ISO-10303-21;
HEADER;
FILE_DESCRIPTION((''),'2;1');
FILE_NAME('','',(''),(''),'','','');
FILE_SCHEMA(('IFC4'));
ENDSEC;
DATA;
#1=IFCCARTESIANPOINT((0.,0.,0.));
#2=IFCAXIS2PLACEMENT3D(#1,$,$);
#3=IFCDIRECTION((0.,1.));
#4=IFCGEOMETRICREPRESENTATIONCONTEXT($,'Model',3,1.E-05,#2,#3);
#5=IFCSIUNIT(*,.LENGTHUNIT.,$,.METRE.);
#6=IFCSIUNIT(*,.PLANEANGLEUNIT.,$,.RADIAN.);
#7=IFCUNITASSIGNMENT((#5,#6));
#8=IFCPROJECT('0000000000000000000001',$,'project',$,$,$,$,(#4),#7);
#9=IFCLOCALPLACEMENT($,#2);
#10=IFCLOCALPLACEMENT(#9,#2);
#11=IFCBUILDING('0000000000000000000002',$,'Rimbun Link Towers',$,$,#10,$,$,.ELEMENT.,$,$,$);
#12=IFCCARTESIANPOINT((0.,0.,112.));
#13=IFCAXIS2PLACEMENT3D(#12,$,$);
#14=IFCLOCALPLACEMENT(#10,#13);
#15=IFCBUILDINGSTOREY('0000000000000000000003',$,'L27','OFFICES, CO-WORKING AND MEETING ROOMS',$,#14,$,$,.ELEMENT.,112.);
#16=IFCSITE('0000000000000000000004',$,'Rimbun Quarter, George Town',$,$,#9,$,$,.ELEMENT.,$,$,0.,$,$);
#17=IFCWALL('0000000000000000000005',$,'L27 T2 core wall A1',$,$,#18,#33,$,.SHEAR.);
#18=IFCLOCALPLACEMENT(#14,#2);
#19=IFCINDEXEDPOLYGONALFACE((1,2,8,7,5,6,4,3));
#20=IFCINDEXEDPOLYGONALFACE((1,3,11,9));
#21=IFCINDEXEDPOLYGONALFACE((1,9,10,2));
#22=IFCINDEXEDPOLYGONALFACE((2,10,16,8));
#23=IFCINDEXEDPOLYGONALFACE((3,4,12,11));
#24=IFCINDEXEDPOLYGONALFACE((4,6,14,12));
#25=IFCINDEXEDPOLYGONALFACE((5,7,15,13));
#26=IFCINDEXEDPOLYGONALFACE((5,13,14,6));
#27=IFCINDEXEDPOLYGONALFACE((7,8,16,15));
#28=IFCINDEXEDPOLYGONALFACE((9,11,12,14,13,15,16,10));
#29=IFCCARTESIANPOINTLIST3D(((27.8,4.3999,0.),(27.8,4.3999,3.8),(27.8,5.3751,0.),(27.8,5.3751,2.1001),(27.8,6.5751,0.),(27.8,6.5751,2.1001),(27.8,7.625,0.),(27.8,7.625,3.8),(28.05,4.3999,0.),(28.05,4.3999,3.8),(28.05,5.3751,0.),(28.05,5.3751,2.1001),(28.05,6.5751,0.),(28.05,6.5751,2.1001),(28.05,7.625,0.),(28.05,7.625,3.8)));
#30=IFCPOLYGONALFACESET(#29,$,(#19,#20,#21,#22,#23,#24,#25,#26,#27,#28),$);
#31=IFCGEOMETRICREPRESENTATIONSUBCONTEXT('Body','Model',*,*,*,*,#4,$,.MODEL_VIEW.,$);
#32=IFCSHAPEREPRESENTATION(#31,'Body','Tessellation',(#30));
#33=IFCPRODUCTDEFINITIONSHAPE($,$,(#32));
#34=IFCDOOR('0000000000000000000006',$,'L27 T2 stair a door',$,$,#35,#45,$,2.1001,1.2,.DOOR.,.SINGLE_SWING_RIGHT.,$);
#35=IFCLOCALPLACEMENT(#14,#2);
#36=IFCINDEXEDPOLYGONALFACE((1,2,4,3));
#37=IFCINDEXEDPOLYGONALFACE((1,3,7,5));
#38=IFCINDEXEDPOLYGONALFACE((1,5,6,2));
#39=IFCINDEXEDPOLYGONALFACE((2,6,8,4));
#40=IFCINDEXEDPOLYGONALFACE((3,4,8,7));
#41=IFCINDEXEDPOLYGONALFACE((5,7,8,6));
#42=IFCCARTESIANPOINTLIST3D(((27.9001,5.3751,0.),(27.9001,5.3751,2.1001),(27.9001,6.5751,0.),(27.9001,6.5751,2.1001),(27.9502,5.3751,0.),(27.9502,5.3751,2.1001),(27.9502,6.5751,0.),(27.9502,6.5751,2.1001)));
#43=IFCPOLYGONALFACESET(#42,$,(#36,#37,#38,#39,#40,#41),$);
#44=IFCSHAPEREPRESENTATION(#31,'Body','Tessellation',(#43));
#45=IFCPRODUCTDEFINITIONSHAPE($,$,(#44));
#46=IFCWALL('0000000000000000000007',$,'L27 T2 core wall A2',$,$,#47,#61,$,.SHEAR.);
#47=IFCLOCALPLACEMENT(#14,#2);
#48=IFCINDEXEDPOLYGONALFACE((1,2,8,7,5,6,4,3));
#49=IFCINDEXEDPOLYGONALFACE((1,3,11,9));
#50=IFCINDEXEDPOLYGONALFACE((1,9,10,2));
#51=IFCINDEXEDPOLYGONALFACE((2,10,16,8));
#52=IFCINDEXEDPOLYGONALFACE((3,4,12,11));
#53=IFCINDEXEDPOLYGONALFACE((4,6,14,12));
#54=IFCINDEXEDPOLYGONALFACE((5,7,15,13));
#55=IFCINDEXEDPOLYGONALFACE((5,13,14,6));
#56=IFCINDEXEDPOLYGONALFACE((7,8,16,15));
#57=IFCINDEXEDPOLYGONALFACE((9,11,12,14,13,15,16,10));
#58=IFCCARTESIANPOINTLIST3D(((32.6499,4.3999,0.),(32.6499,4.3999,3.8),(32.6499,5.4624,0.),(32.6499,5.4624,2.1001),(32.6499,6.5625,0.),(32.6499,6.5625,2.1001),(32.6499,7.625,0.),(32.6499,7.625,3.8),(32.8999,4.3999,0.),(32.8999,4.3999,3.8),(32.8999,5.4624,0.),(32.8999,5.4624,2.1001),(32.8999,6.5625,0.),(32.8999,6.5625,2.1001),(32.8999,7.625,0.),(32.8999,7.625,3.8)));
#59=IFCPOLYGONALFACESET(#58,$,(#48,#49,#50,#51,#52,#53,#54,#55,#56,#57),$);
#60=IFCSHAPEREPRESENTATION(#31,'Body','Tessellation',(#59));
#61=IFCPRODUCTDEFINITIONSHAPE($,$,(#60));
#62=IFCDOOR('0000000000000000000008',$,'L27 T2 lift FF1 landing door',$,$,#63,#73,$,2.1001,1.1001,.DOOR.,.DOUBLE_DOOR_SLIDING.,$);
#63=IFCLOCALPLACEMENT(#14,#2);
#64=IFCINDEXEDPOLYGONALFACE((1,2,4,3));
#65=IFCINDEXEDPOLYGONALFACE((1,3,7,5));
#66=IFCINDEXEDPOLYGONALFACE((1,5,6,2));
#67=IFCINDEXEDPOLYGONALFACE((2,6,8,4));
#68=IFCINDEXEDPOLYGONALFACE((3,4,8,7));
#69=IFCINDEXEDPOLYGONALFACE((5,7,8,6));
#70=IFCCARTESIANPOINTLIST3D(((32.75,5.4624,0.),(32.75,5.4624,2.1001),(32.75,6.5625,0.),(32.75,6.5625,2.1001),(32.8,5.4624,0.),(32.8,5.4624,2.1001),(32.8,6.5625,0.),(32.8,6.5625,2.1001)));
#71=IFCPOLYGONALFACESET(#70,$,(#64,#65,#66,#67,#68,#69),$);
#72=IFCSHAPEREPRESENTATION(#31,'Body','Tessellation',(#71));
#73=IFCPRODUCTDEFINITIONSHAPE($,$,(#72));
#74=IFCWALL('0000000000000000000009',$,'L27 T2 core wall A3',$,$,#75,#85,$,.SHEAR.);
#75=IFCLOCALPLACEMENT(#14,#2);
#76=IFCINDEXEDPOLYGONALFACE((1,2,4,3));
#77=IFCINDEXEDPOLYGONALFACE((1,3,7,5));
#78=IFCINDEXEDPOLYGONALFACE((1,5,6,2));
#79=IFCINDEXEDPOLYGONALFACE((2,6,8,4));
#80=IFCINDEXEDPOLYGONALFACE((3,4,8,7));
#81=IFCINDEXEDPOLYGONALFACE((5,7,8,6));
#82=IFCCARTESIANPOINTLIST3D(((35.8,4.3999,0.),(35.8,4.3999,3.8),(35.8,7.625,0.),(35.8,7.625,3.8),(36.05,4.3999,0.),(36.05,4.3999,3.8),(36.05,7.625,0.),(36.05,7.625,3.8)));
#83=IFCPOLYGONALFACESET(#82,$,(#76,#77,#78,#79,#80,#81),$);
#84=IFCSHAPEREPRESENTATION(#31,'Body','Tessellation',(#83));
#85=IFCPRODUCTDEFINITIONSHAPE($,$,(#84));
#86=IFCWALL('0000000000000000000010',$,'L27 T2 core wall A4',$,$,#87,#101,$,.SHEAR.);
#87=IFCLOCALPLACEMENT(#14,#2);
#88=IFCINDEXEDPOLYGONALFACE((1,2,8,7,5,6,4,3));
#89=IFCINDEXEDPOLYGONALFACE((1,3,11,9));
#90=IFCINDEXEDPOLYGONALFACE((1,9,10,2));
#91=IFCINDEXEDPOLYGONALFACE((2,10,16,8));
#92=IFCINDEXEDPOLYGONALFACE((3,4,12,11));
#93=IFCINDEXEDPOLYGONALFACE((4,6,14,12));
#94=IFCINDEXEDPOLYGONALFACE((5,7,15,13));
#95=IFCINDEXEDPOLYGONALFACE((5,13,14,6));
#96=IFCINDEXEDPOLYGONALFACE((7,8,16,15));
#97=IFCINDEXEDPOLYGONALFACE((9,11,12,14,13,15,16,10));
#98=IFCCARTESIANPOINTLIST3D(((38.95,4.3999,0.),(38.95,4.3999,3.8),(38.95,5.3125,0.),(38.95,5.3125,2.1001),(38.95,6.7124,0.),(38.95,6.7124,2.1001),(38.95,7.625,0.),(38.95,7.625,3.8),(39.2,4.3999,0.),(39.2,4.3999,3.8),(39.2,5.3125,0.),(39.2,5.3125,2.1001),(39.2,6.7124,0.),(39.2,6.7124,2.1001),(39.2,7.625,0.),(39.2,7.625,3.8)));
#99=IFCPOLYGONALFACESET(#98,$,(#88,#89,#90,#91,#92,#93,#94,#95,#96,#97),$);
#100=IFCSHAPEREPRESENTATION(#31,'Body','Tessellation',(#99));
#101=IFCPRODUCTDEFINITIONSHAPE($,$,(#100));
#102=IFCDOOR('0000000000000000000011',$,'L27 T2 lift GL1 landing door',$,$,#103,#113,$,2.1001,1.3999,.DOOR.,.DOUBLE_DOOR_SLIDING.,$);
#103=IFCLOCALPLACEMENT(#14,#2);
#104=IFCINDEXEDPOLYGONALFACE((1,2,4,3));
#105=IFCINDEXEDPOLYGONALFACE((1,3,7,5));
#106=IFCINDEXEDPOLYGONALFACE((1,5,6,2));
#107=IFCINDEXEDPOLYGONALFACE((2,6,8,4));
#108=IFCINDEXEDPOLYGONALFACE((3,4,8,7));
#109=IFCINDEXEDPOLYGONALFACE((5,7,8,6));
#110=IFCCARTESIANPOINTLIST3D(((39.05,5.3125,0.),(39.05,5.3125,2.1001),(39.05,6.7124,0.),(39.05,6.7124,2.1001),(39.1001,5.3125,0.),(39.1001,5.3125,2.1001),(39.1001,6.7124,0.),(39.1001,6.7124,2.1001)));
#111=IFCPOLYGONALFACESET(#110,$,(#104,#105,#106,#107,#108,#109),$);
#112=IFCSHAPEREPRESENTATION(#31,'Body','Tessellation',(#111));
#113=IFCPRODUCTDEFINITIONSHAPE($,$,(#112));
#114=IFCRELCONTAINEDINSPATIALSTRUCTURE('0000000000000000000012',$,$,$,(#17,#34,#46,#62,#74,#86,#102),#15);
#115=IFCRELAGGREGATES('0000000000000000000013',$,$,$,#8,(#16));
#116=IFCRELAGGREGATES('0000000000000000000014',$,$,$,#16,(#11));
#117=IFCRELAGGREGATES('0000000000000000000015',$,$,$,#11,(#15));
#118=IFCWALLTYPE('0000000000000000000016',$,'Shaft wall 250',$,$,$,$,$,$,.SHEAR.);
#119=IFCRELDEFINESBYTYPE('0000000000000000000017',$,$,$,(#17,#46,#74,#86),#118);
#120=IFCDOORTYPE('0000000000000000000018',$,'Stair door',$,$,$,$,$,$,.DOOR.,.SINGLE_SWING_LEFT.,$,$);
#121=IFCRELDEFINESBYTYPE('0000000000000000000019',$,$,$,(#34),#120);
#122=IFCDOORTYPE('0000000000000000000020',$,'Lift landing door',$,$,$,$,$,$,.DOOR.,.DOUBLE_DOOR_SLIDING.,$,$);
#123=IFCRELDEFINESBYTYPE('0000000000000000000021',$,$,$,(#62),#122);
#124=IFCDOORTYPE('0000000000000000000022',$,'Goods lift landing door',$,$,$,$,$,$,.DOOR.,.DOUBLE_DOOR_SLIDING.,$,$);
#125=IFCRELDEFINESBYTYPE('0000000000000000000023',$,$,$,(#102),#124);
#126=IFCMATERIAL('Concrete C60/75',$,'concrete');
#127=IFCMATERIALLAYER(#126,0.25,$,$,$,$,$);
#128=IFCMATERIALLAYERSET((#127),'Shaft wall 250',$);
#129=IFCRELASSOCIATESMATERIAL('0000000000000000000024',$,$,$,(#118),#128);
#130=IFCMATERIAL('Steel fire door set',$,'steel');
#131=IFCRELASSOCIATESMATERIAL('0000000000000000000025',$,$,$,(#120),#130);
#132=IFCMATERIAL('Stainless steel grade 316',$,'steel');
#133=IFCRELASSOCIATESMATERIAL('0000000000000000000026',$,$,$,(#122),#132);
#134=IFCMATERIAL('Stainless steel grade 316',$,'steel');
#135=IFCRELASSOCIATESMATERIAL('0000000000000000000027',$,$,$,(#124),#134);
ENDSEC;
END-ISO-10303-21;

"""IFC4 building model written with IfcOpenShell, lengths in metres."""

from ifc_helpers import new_model, si_unit, direction, frame, frame_2d, origin, place, context, subcontext, project, spatial, rectangle, extrude, material, layer, layer_set, type_object, element, fill, save


model = new_model("IFC4")

# Units and contexts
model_context = context("Model", 3, precision=1e-05, world=origin(), true_north=direction((0.0, 1.0)))
body_context = subcontext(model_context, "Body", "Model", "MODEL_VIEW")
ifc_project = project(units=[si_unit("LENGTHUNIT", "METRE"), si_unit("PLANEANGLEUNIT", "RADIAN")], contexts=[model_context])

# Site, building, storey
site_placement = place(None, origin())
site = spatial("IfcSite", under=ifc_project, at=site_placement, Name="Rimbun Quarter, George Town", CompositionType="ELEMENT", RefElevation=0.0)
building_placement = place(site_placement, origin())
building = spatial("IfcBuilding", under=site, at=building_placement, Name="Rimbun Link Towers", CompositionType="ELEMENT")
storey_placement = place(building_placement, frame((0.0, 0.0, 112.0)))
storey = spatial("IfcBuildingStorey", under=building, at=storey_placement, Name="L27", Description="OFFICES, CO-WORKING AND MEETING ROOMS", CompositionType="ELEMENT", Elevation=112.0)

# Shared definitions
ifc_material_1 = material(Name="Concrete C60/75", Category="concrete")
ifc_layer = layer(ifc_material_1, 0.25)
ifc_layer_set = layer_set([ifc_layer], Name="Shaft wall 250")
wall_type = type_object("IfcWallType", Name="Shaft wall 250", PredefinedType="SHEAR", material=ifc_layer_set)

# Walls, openings, doors
wall_1_placement = place(storey_placement, frame((27.925, 4.3999, 0.0), z_axis=(0.0, 0.0, 1.0), x_axis=(0.0, 1.0, 0.0)))
wall_1 = element("IfcWall", 1, at=wall_1_placement, inside=storey, type_object=wall_type, Name="L27 T2 core wall A1", PredefinedType="SHEAR", context=body_context, shape_type="SweptSolid", body=[
    extrude(rectangle(XDim=3.2251, YDim=0.25, at=frame_2d((1.6125, 0.0))), origin(), (0.0, 0.0, 1.0), 3.8),
])
opening_1_placement = place(wall_1_placement, frame((0.9751, 0.0, 0.0)))
opening_1 = element("IfcOpeningElement", 2, at=opening_1_placement, cuts=wall_1, PredefinedType="OPENING", context=body_context, shape_type="SweptSolid", body=[
    extrude(rectangle(XDim=1.2, YDim=2.1001, at=frame_2d((0.6001, 1.05))), frame((0.0, 0.135, 0.0), z_axis=(0.0, -1.0, 0.0), x_axis=(1.0, 0.0, 0.0)), (0.0, 0.0, 1.0), 0.27),
])
ifc_material_2 = material(Name="Steel fire door set", Category="steel")
door_type_1 = type_object("IfcDoorType", Name="Stair door", OperationType="SINGLE_SWING_LEFT", PredefinedType="DOOR", material=ifc_material_2)
door_1_placement = place(opening_1_placement, origin())
door_1 = element("IfcDoor", 3, at=door_1_placement, inside=storey, type_object=door_type_1, Name="L27 T2 stair a door", OperationType="SINGLE_SWING_RIGHT", OverallHeight=2.1001, OverallWidth=1.2, PredefinedType="DOOR", context=body_context, shape_type="SweptSolid", body=[
    extrude(rectangle(XDim=1.2, YDim=2.1001, at=frame_2d((0.6001, 1.05))), frame((0.0, 0.0249, 0.0), z_axis=(0.0, -1.0, 0.0), x_axis=(1.0, 0.0, 0.0)), (0.0, 0.0, 1.0), 0.05),
])
fill(opening_1, door_1)
wall_2_placement = place(storey_placement, frame((32.7749, 4.3999, 0.0), z_axis=(0.0, 0.0, 1.0), x_axis=(0.0, 1.0, 0.0)))
wall_2 = element("IfcWall", 4, at=wall_2_placement, inside=storey, type_object=wall_type, Name="L27 T2 core wall A2", PredefinedType="SHEAR", context=body_context, shape_type="SweptSolid", body=[
    extrude(rectangle(XDim=3.2251, YDim=0.25, at=frame_2d((1.6125, 0.0))), origin(), (0.0, 0.0, 1.0), 3.8),
])
opening_2_placement = place(wall_2_placement, frame((1.0625, 0.0, 0.0)))
opening_2 = element("IfcOpeningElement", 5, at=opening_2_placement, cuts=wall_2, PredefinedType="OPENING", context=body_context, shape_type="SweptSolid", body=[
    extrude(rectangle(XDim=1.1001, YDim=2.1001, at=frame_2d((0.55, 1.05))), frame((0.0, 0.135, 0.0), z_axis=(0.0, -1.0, 0.0), x_axis=(1.0, 0.0, 0.0)), (0.0, 0.0, 1.0), 0.27),
])
ifc_material_3 = material(Name="Stainless steel grade 316", Category="steel")
door_type_2 = type_object("IfcDoorType", Name="Lift landing door", OperationType="DOUBLE_DOOR_SLIDING", PredefinedType="DOOR", material=ifc_material_3)
door_2_placement = place(opening_2_placement, origin())
door_2 = element("IfcDoor", 6, at=door_2_placement, inside=storey, type_object=door_type_2, Name="L27 T2 lift FF1 landing door", OperationType="DOUBLE_DOOR_SLIDING", OverallHeight=2.1001, OverallWidth=1.1001, PredefinedType="DOOR", context=body_context, shape_type="SweptSolid", body=[
    extrude(rectangle(XDim=1.1001, YDim=2.1001, at=frame_2d((0.55, 1.05))), frame((0.0, 0.0249, 0.0), z_axis=(0.0, -1.0, 0.0), x_axis=(1.0, 0.0, 0.0)), (0.0, 0.0, 1.0), 0.05),
])
fill(opening_2, door_2)

# Wall
wall_3_placement = place(storey_placement, frame((35.925, 4.3999, 0.0), z_axis=(0.0, 0.0, 1.0), x_axis=(0.0, 1.0, 0.0)))
element("IfcWall", 7, at=wall_3_placement, inside=storey, type_object=wall_type, Name="L27 T2 core wall A3", PredefinedType="SHEAR", context=body_context, shape_type="SweptSolid", body=[
    extrude(rectangle(XDim=3.2251, YDim=0.25, at=frame_2d((1.6125, 0.0))), origin(), (0.0, 0.0, 1.0), 3.8),
])

# Wall, opening, door
wall_4_placement = place(storey_placement, frame((39.075, 4.3999, 0.0), z_axis=(0.0, 0.0, 1.0), x_axis=(0.0, 1.0, 0.0)))
wall_4 = element("IfcWall", 8, at=wall_4_placement, inside=storey, type_object=wall_type, Name="L27 T2 core wall A4", PredefinedType="SHEAR", context=body_context, shape_type="SweptSolid", body=[
    extrude(rectangle(XDim=3.2251, YDim=0.25, at=frame_2d((1.6125, 0.0))), origin(), (0.0, 0.0, 1.0), 3.8),
])
opening_3_placement = place(wall_4_placement, frame((0.9126, 0.0, 0.0)))
opening_3 = element("IfcOpeningElement", 9, at=opening_3_placement, cuts=wall_4, PredefinedType="OPENING", context=body_context, shape_type="SweptSolid", body=[
    extrude(rectangle(XDim=1.3999, YDim=2.1001, at=frame_2d((0.7, 1.05))), frame((0.0, 0.135, 0.0), z_axis=(0.0, -1.0, 0.0), x_axis=(1.0, 0.0, 0.0)), (0.0, 0.0, 1.0), 0.27),
])
ifc_material_4 = material(Name="Stainless steel grade 316", Category="steel")
door_type_3 = type_object("IfcDoorType", Name="Goods lift landing door", OperationType="DOUBLE_DOOR_SLIDING", PredefinedType="DOOR", material=ifc_material_4)
door_3_placement = place(opening_3_placement, origin())
door_3 = element("IfcDoor", 10, at=door_3_placement, inside=storey, type_object=door_type_3, Name="L27 T2 lift GL1 landing door", OperationType="DOUBLE_DOOR_SLIDING", OverallHeight=2.1001, OverallWidth=1.3999, PredefinedType="DOOR", context=body_context, shape_type="SweptSolid", body=[
    extrude(rectangle(XDim=1.3999, YDim=2.1001, at=frame_2d((0.7, 1.05))), frame((0.0, 0.0249, 0.0), z_axis=(0.0, -1.0, 0.0), x_axis=(1.0, 0.0, 0.0)), (0.0, 0.0, 1.0), 0.05),
])
fill(opening_3, door_3)

save(model, "model.ifc")
